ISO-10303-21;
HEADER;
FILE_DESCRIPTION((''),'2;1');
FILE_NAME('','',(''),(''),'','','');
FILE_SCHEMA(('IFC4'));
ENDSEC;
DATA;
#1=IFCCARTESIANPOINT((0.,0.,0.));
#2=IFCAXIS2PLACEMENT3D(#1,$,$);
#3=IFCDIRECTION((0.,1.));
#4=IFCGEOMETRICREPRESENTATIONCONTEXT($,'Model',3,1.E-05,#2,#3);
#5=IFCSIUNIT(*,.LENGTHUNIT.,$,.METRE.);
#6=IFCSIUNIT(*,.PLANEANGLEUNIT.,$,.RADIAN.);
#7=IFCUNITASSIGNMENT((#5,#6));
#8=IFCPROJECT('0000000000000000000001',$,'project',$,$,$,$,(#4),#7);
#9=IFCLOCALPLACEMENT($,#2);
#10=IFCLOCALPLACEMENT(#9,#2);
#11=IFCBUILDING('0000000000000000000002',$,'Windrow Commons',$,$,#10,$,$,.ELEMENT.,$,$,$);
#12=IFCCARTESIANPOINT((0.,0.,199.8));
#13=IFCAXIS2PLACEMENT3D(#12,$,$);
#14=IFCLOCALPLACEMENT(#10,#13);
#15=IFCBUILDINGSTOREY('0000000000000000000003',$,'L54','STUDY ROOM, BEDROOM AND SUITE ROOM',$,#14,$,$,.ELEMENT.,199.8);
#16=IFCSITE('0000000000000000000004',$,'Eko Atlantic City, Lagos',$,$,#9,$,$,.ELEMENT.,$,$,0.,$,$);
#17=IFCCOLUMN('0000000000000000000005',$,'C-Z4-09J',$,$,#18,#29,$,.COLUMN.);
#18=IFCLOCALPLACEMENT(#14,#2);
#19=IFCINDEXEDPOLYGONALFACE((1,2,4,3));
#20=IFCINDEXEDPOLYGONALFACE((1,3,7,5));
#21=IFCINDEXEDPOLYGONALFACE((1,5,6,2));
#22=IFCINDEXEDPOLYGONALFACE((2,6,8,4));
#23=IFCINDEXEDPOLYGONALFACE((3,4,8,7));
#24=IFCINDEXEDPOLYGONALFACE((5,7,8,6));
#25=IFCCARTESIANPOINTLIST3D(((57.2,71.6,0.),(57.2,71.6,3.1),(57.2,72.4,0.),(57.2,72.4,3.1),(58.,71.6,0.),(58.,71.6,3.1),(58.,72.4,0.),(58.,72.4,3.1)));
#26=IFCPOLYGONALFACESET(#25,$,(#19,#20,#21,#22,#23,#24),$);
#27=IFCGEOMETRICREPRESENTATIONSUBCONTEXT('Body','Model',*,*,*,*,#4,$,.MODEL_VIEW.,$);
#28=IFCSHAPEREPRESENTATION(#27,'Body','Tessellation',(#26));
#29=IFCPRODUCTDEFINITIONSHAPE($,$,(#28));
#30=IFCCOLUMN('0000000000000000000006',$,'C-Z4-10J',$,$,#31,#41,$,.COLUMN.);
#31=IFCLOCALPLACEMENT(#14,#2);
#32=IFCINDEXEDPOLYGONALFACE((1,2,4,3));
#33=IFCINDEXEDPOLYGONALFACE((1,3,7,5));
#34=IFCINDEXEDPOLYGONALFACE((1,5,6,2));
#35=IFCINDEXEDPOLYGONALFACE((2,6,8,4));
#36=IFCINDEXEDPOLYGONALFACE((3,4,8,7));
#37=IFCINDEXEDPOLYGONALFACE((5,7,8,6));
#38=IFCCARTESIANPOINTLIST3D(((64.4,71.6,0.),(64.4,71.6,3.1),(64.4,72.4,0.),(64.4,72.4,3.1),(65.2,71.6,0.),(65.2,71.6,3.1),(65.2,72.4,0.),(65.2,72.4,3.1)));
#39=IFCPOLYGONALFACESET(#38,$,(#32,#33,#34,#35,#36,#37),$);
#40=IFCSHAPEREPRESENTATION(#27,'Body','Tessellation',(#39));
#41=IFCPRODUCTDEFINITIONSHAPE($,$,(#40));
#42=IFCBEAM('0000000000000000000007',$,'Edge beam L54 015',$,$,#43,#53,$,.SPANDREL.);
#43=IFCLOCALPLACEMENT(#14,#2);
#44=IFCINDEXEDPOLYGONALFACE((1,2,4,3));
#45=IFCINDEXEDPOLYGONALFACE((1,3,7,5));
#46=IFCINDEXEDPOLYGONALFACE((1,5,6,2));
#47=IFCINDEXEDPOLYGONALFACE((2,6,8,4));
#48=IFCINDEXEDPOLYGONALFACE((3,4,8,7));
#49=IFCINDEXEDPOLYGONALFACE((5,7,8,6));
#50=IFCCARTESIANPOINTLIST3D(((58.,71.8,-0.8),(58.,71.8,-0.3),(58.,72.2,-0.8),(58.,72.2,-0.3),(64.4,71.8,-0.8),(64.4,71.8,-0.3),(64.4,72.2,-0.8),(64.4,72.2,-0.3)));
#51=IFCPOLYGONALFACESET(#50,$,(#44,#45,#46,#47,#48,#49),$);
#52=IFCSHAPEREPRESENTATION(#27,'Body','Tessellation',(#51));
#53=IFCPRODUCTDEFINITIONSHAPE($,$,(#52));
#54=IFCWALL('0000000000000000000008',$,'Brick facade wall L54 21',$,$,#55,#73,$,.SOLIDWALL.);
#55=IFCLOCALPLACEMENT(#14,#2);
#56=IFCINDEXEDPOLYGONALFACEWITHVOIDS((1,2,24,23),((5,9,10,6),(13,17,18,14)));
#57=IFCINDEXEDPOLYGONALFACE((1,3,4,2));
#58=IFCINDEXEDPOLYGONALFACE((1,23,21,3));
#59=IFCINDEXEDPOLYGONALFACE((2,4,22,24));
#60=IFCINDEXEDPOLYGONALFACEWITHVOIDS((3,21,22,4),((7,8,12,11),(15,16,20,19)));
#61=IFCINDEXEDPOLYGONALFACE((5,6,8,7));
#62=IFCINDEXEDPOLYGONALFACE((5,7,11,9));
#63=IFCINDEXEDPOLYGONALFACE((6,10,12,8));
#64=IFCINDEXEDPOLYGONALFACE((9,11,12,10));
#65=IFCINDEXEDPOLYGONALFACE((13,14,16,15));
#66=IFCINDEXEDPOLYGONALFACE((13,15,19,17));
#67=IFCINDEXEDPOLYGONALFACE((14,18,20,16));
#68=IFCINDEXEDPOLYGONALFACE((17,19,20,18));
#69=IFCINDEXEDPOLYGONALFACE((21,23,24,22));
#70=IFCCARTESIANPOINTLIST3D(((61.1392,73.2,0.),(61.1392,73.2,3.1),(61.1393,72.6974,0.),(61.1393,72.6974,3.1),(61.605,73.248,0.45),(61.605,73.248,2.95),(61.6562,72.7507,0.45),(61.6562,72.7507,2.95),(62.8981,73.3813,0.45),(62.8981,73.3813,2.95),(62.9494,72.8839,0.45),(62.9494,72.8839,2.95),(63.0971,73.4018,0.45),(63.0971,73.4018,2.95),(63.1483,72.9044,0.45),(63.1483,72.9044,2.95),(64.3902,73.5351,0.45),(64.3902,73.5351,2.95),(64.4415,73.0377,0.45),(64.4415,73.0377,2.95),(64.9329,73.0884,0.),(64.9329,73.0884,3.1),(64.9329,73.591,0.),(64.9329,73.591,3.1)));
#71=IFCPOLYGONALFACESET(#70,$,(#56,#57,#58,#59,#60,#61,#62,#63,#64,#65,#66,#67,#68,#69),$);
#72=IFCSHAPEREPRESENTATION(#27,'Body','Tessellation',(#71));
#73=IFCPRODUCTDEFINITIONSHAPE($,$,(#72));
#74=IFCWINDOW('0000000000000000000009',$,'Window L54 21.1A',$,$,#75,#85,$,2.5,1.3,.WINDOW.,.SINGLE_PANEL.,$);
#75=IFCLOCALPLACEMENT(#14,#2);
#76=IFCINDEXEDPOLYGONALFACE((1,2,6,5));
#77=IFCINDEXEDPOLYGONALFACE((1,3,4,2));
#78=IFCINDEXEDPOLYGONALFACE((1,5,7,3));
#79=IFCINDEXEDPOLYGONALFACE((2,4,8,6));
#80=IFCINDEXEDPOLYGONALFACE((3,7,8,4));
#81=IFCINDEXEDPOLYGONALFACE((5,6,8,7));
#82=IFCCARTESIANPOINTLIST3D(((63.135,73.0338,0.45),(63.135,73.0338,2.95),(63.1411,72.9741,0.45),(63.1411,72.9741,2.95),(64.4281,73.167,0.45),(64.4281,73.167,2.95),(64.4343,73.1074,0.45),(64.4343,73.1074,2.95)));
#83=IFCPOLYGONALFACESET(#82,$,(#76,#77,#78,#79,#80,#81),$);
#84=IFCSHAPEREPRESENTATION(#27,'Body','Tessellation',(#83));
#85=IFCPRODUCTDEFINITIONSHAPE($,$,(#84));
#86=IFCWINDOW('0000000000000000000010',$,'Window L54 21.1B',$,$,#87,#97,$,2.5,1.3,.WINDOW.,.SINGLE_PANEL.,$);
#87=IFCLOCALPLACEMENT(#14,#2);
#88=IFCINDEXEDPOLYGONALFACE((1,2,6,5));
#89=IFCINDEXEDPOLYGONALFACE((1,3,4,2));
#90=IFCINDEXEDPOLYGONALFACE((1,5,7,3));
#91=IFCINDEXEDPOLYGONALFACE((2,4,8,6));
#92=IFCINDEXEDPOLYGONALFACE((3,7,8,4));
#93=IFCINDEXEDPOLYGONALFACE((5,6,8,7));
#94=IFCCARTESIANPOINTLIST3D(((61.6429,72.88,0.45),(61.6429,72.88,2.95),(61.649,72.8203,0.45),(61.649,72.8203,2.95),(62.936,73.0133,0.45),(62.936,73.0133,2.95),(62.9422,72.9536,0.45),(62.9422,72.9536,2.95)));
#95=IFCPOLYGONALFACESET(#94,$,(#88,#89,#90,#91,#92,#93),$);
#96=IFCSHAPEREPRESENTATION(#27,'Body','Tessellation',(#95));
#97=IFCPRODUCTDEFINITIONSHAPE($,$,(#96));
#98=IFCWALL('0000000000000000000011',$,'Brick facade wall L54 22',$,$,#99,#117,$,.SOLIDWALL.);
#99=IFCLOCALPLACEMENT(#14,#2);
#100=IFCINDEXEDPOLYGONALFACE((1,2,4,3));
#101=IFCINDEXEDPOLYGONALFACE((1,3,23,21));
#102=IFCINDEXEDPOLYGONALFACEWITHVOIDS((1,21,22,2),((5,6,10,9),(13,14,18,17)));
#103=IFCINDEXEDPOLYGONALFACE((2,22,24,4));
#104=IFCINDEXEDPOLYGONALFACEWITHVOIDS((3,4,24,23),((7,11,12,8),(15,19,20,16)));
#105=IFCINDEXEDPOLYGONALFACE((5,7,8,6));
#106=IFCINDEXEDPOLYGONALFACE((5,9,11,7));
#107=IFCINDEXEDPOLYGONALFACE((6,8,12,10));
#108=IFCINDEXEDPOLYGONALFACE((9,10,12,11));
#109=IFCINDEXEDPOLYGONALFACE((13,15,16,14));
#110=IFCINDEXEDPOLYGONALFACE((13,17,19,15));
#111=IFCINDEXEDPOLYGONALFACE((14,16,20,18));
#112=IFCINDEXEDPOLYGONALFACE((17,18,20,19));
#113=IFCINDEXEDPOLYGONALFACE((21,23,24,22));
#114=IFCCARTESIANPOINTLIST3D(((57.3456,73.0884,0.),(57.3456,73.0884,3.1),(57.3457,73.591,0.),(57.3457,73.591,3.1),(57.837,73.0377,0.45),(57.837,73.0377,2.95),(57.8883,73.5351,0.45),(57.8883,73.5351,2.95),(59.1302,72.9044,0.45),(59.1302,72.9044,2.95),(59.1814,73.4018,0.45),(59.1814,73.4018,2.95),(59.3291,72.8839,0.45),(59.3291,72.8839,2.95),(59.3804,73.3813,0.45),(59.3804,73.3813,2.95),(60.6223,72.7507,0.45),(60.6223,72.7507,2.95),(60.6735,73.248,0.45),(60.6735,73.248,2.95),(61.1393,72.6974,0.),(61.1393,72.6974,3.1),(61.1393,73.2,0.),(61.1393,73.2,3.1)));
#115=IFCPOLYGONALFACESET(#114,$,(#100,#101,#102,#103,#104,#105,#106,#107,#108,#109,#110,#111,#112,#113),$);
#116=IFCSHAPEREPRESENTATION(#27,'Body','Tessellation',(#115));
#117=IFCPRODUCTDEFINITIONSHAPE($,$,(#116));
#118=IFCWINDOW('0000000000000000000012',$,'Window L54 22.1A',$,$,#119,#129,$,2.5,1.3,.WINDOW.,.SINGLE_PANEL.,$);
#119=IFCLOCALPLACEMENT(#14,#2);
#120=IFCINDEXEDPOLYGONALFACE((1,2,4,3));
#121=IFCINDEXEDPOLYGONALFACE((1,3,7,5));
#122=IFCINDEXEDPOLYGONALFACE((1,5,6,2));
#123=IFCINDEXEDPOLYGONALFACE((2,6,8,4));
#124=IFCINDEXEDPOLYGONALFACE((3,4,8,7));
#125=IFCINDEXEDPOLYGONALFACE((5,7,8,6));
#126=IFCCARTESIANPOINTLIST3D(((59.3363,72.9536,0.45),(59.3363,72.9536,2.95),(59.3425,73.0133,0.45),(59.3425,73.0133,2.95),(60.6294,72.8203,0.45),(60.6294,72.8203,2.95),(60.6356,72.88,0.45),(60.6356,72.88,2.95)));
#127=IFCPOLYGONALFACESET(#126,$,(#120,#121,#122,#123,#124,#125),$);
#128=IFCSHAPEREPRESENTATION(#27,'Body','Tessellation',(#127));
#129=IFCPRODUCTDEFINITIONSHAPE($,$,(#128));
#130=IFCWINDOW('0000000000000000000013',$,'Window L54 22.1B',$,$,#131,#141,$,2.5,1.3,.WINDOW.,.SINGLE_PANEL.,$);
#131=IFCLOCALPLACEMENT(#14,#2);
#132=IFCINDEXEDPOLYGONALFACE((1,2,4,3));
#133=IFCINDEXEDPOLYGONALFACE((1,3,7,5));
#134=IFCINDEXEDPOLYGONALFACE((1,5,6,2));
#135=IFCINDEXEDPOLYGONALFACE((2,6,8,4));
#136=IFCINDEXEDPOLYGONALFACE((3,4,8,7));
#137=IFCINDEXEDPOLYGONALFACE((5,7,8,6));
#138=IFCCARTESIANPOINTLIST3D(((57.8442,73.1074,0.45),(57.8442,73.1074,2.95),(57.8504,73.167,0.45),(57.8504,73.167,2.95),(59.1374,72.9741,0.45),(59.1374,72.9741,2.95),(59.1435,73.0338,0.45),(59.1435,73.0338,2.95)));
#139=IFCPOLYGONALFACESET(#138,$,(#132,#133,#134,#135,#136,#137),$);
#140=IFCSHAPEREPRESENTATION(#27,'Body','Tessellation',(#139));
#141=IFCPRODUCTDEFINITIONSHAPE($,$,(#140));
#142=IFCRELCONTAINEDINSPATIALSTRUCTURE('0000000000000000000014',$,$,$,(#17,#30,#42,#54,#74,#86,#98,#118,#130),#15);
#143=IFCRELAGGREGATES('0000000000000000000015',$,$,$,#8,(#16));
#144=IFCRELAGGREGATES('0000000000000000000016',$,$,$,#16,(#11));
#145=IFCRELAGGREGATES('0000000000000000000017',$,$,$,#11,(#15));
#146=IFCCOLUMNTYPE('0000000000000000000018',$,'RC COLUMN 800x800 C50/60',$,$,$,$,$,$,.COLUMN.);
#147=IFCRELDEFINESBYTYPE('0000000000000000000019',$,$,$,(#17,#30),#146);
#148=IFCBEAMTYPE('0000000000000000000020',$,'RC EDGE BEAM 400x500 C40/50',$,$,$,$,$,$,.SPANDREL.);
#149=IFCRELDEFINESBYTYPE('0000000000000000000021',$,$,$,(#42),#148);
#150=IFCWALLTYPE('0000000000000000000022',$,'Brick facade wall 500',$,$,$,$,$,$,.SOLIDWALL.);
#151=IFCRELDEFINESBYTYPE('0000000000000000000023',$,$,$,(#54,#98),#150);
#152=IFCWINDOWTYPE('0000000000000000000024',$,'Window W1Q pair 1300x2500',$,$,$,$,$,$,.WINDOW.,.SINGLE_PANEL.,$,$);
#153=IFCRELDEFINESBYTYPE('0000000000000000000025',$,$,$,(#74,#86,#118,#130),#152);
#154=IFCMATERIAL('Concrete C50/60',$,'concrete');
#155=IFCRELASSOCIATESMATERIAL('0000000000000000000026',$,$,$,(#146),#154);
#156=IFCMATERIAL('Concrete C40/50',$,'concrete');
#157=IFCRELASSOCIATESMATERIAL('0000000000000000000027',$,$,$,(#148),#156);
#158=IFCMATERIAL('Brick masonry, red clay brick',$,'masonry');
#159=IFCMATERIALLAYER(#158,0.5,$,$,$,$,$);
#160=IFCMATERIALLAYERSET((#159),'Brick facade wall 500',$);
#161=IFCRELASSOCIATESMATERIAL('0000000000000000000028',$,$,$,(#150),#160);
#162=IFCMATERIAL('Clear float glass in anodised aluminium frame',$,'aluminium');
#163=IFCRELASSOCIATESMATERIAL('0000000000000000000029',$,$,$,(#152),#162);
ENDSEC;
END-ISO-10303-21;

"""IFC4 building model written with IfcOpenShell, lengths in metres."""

from ifc_helpers import new_model, si_unit, direction, frame, frame_2d, origin, origin_2d, place, context, subcontext, project, spatial, polyline, rectangle, outline, extrude, material, layer, layer_set, material_profile, profile_set, type_object, element, fill, save


model = new_model("IFC4")

# Units and contexts
model_context = context("Model", 3, precision=1e-05, world=origin(), true_north=direction((0.0, 1.0)))
body_context = subcontext(model_context, "Body", "Model", "MODEL_VIEW")
ifc_project = project(units=[si_unit("LENGTHUNIT", "METRE"), si_unit("PLANEANGLEUNIT", "RADIAN")], contexts=[model_context])

# Site, building, storey
site_placement = place(None, origin())
site = spatial("IfcSite", under=ifc_project, at=site_placement, Name="Eko Atlantic City, Lagos", CompositionType="ELEMENT", RefElevation=0.0)
building_placement = place(site_placement, origin())
building = spatial("IfcBuilding", under=site, at=building_placement, Name="Windrow Commons", CompositionType="ELEMENT")
storey_placement = place(building_placement, frame((0.0, 0.0, 199.8)))
storey = spatial("IfcBuildingStorey", under=building, at=storey_placement, Name="L54", Description="STUDY ROOM, BEDROOM AND SUITE ROOM", CompositionType="ELEMENT", Elevation=199.8)

# Columns
ifc_material_1 = material(Name="Concrete C50/60", Category="concrete")
ifc_material_profile_1 = material_profile(ifc_material_1, rectangle(XDim=0.8, YDim=0.8, at=origin_2d()))
ifc_profile_set_1 = profile_set([ifc_material_profile_1], Name="Concrete C50/60")
column_type = type_object("IfcColumnType", Name="RC COLUMN 800x800 C50/60", PredefinedType="COLUMN", material=ifc_profile_set_1)
for number, where, z_axis, x_axis, name in (
    (1, (57.6, 72.0, 0.0), (0.0, 0.0, 1.0), (1.0, 0.0, 0.0), "C-Z4-09J"),
    (2, (64.8, 72.0, 0.0), (0.0, 0.0, 1.0), (1.0, 0.0, 0.0), "C-Z4-10J"),
):
    element("IfcColumn", number, at=place(storey_placement, frame(where, z_axis=z_axis, x_axis=x_axis)), inside=storey, type_object=column_type, Name=name, PredefinedType="COLUMN", context=body_context, shape_type="SweptSolid", body=[
        extrude(rectangle(XDim=0.8, YDim=0.8, at=origin_2d()), origin(), (0.0, 0.0, 1.0), 3.1),
    ])

# Beam
ifc_material_2 = material(Name="Concrete C40/50", Category="concrete")
ifc_material_profile_2 = material_profile(ifc_material_2, rectangle(XDim=0.4, YDim=0.5, at=origin_2d()))
ifc_profile_set_2 = profile_set([ifc_material_profile_2], Name="Concrete C40/50")
beam_type = type_object("IfcBeamType", Name="RC EDGE BEAM 400x500 C40/50", PredefinedType="SPANDREL", material=ifc_profile_set_2)
beam_placement = place(storey_placement, frame((58.0, 72.0, -0.55), z_axis=(1.0, 0.0, 0.0), x_axis=(0.0, 1.0, 0.0)))
element("IfcBeam", 3, at=beam_placement, inside=storey, type_object=beam_type, Name="Edge beam L54 015", PredefinedType="SPANDREL", context=body_context, shape_type="SweptSolid", body=[
    extrude(rectangle(XDim=0.4, YDim=0.5, at=origin_2d()), origin(), (0.0, 0.0, 1.0), 6.4),
])

# Walls, openings, windows
ifc_material_3 = material(Name="Brick masonry, red clay brick", Category="masonry")
ifc_layer_1 = layer(ifc_material_3, 0.5)
ifc_layer_set_1 = layer_set([ifc_layer_1], Name="Brick facade wall 500")
wall_type_1 = type_object("IfcWallType", Name="Brick facade wall 500", PredefinedType="SOLIDWALL", material=ifc_layer_set_1)
wall_1_placement = place(storey_placement, frame((64.9329, 73.3397, 0.0), z_axis=(0.0, 0.0, 1.0), x_axis=(-0.99473, -0.102525, 0.0)))
wall_1 = element("IfcWall", 4, at=wall_1_placement, inside=storey, type_object=wall_type_1, Name="Brick facade wall L54 21", PredefinedType="SOLIDWALL", context=body_context, shape_type="SweptSolid", body=[
    extrude(outline(polyline([(-0.0258, -0.25), (3.788, -0.25), (3.8395, 0.25), (0.0258, 0.25), (-0.0258, -0.25)])), origin(), (0.0, 0.0, 1.0), 3.1),
])
opening_1_placement = place(wall_1_placement, frame((0.5198, 0.0, 0.45)))
opening_1 = element("IfcOpeningElement", 5, at=opening_1_placement, cuts=wall_1, PredefinedType="OPENING", context=body_context, shape_type="SweptSolid", body=[
    extrude(rectangle(XDim=1.3, YDim=2.5, at=frame_2d((0.65, 1.25))), frame((0.0, 0.26, 0.0), z_axis=(0.0, -1.0, 0.0), x_axis=(1.0, 0.0, 0.0)), (0.0, 0.0, 1.0), 0.52),
])
opening_2_placement = place(wall_1_placement, frame((2.0198, 0.0, 0.45)))
opening_2 = element("IfcOpeningElement", 6, at=opening_2_placement, cuts=wall_1, PredefinedType="OPENING", context=body_context, shape_type="SweptSolid", body=[
    extrude(rectangle(XDim=1.3, YDim=2.5, at=frame_2d((0.65, 1.25))), frame((0.0, 0.26, 0.0), z_axis=(0.0, -1.0, 0.0), x_axis=(1.0, 0.0, 0.0)), (0.0, 0.0, 1.0), 0.52),
])
ifc_material_4 = material(Name="Clear float glass in anodised aluminium frame", Category="aluminium")
window_type = type_object("IfcWindowType", Name="Window W1Q pair 1300x2500", PartitioningType="SINGLE_PANEL", PredefinedType="WINDOW", material=ifc_material_4)
window_1_placement = place(opening_1_placement, origin())
window_1 = element("IfcWindow", 7, at=window_1_placement, inside=storey, type_object=window_type, Name="Window L54 21.1A", OverallHeight=2.5, OverallWidth=1.3, PartitioningType="SINGLE_PANEL", PredefinedType="WINDOW", context=body_context, shape_type="SweptSolid", body=[
    extrude(rectangle(XDim=1.3, YDim=2.5, at=frame_2d((0.65, 1.25))), frame((0.0, 0.18, 0.0), z_axis=(0.0, -1.0, 0.0), x_axis=(1.0, 0.0, 0.0)), (0.0, 0.0, 1.0), 0.06),
])
fill(opening_1, window_1)
window_2_placement = place(opening_2_placement, origin())
window_2 = element("IfcWindow", 8, at=window_2_placement, inside=storey, type_object=window_type, Name="Window L54 21.1B", OverallHeight=2.5, OverallWidth=1.3, PartitioningType="SINGLE_PANEL", PredefinedType="WINDOW", context=body_context, shape_type="SweptSolid", body=[
    extrude(rectangle(XDim=1.3, YDim=2.5, at=frame_2d((0.65, 1.25))), frame((0.0, 0.18, 0.0), z_axis=(0.0, -1.0, 0.0), x_axis=(1.0, 0.0, 0.0)), (0.0, 0.0, 1.0), 0.06),
])
fill(opening_2, window_2)
wall_2_placement = place(storey_placement, frame((61.1393, 72.9487, 0.0), z_axis=(0.0, 0.0, 1.0), x_axis=(-0.994731, 0.102523, 0.0)))
wall_2 = element("IfcWall", 9, at=wall_2_placement, inside=storey, type_object=wall_type_1, Name="Brick facade wall L54 22", PredefinedType="SOLIDWALL", context=body_context, shape_type="SweptSolid", body=[
    extrude(outline(polyline([(0.0258, -0.25), (3.8395, -0.25), (3.788, 0.25), (-0.0258, 0.25), (0.0258, -0.25)])), origin(), (0.0, 0.0, 1.0), 3.1),
])
opening_3_placement = place(wall_2_placement, frame((0.494, 0.0, 0.45)))
opening_3 = element("IfcOpeningElement", 10, at=opening_3_placement, cuts=wall_2, PredefinedType="OPENING", context=body_context, shape_type="SweptSolid", body=[
    extrude(rectangle(XDim=1.3, YDim=2.5, at=frame_2d((0.65, 1.25))), frame((0.0, 0.26, 0.0), z_axis=(0.0, -1.0, 0.0), x_axis=(1.0, 0.0, 0.0)), (0.0, 0.0, 1.0), 0.52),
])
opening_4_placement = place(wall_2_placement, frame((1.994, 0.0, 0.45)))
opening_4 = element("IfcOpeningElement", 11, at=opening_4_placement, cuts=wall_2, PredefinedType="OPENING", context=body_context, shape_type="SweptSolid", body=[
    extrude(rectangle(XDim=1.3, YDim=2.5, at=frame_2d((0.65, 1.25))), frame((0.0, 0.26, 0.0), z_axis=(0.0, -1.0, 0.0), x_axis=(1.0, 0.0, 0.0)), (0.0, 0.0, 1.0), 0.52),
])
window_3_placement = place(opening_3_placement, origin())
window_3 = element("IfcWindow", 12, at=window_3_placement, inside=storey, type_object=window_type, Name="Window L54 22.1A", OverallHeight=2.5, OverallWidth=1.3, PartitioningType="SINGLE_PANEL", PredefinedType="WINDOW", context=body_context, shape_type="SweptSolid", body=[
    extrude(rectangle(XDim=1.3, YDim=2.5, at=frame_2d((0.65, 1.25))), frame((0.0, 0.18, 0.0), z_axis=(0.0, -1.0, 0.0), x_axis=(1.0, 0.0, 0.0)), (0.0, 0.0, 1.0), 0.06),
])
fill(opening_3, window_3)
window_4_placement = place(opening_4_placement, origin())
window_4 = element("IfcWindow", 13, at=window_4_placement, inside=storey, type_object=window_type, Name="Window L54 22.1B", OverallHeight=2.5, OverallWidth=1.3, PartitioningType="SINGLE_PANEL", PredefinedType="WINDOW", context=body_context, shape_type="SweptSolid", body=[
    extrude(rectangle(XDim=1.3, YDim=2.5, at=frame_2d((0.65, 1.25))), frame((0.0, 0.18, 0.0), z_axis=(0.0, -1.0, 0.0), x_axis=(1.0, 0.0, 0.0)), (0.0, 0.0, 1.0), 0.06),
])
fill(opening_4, window_4)

save(model, "model.ifc")
